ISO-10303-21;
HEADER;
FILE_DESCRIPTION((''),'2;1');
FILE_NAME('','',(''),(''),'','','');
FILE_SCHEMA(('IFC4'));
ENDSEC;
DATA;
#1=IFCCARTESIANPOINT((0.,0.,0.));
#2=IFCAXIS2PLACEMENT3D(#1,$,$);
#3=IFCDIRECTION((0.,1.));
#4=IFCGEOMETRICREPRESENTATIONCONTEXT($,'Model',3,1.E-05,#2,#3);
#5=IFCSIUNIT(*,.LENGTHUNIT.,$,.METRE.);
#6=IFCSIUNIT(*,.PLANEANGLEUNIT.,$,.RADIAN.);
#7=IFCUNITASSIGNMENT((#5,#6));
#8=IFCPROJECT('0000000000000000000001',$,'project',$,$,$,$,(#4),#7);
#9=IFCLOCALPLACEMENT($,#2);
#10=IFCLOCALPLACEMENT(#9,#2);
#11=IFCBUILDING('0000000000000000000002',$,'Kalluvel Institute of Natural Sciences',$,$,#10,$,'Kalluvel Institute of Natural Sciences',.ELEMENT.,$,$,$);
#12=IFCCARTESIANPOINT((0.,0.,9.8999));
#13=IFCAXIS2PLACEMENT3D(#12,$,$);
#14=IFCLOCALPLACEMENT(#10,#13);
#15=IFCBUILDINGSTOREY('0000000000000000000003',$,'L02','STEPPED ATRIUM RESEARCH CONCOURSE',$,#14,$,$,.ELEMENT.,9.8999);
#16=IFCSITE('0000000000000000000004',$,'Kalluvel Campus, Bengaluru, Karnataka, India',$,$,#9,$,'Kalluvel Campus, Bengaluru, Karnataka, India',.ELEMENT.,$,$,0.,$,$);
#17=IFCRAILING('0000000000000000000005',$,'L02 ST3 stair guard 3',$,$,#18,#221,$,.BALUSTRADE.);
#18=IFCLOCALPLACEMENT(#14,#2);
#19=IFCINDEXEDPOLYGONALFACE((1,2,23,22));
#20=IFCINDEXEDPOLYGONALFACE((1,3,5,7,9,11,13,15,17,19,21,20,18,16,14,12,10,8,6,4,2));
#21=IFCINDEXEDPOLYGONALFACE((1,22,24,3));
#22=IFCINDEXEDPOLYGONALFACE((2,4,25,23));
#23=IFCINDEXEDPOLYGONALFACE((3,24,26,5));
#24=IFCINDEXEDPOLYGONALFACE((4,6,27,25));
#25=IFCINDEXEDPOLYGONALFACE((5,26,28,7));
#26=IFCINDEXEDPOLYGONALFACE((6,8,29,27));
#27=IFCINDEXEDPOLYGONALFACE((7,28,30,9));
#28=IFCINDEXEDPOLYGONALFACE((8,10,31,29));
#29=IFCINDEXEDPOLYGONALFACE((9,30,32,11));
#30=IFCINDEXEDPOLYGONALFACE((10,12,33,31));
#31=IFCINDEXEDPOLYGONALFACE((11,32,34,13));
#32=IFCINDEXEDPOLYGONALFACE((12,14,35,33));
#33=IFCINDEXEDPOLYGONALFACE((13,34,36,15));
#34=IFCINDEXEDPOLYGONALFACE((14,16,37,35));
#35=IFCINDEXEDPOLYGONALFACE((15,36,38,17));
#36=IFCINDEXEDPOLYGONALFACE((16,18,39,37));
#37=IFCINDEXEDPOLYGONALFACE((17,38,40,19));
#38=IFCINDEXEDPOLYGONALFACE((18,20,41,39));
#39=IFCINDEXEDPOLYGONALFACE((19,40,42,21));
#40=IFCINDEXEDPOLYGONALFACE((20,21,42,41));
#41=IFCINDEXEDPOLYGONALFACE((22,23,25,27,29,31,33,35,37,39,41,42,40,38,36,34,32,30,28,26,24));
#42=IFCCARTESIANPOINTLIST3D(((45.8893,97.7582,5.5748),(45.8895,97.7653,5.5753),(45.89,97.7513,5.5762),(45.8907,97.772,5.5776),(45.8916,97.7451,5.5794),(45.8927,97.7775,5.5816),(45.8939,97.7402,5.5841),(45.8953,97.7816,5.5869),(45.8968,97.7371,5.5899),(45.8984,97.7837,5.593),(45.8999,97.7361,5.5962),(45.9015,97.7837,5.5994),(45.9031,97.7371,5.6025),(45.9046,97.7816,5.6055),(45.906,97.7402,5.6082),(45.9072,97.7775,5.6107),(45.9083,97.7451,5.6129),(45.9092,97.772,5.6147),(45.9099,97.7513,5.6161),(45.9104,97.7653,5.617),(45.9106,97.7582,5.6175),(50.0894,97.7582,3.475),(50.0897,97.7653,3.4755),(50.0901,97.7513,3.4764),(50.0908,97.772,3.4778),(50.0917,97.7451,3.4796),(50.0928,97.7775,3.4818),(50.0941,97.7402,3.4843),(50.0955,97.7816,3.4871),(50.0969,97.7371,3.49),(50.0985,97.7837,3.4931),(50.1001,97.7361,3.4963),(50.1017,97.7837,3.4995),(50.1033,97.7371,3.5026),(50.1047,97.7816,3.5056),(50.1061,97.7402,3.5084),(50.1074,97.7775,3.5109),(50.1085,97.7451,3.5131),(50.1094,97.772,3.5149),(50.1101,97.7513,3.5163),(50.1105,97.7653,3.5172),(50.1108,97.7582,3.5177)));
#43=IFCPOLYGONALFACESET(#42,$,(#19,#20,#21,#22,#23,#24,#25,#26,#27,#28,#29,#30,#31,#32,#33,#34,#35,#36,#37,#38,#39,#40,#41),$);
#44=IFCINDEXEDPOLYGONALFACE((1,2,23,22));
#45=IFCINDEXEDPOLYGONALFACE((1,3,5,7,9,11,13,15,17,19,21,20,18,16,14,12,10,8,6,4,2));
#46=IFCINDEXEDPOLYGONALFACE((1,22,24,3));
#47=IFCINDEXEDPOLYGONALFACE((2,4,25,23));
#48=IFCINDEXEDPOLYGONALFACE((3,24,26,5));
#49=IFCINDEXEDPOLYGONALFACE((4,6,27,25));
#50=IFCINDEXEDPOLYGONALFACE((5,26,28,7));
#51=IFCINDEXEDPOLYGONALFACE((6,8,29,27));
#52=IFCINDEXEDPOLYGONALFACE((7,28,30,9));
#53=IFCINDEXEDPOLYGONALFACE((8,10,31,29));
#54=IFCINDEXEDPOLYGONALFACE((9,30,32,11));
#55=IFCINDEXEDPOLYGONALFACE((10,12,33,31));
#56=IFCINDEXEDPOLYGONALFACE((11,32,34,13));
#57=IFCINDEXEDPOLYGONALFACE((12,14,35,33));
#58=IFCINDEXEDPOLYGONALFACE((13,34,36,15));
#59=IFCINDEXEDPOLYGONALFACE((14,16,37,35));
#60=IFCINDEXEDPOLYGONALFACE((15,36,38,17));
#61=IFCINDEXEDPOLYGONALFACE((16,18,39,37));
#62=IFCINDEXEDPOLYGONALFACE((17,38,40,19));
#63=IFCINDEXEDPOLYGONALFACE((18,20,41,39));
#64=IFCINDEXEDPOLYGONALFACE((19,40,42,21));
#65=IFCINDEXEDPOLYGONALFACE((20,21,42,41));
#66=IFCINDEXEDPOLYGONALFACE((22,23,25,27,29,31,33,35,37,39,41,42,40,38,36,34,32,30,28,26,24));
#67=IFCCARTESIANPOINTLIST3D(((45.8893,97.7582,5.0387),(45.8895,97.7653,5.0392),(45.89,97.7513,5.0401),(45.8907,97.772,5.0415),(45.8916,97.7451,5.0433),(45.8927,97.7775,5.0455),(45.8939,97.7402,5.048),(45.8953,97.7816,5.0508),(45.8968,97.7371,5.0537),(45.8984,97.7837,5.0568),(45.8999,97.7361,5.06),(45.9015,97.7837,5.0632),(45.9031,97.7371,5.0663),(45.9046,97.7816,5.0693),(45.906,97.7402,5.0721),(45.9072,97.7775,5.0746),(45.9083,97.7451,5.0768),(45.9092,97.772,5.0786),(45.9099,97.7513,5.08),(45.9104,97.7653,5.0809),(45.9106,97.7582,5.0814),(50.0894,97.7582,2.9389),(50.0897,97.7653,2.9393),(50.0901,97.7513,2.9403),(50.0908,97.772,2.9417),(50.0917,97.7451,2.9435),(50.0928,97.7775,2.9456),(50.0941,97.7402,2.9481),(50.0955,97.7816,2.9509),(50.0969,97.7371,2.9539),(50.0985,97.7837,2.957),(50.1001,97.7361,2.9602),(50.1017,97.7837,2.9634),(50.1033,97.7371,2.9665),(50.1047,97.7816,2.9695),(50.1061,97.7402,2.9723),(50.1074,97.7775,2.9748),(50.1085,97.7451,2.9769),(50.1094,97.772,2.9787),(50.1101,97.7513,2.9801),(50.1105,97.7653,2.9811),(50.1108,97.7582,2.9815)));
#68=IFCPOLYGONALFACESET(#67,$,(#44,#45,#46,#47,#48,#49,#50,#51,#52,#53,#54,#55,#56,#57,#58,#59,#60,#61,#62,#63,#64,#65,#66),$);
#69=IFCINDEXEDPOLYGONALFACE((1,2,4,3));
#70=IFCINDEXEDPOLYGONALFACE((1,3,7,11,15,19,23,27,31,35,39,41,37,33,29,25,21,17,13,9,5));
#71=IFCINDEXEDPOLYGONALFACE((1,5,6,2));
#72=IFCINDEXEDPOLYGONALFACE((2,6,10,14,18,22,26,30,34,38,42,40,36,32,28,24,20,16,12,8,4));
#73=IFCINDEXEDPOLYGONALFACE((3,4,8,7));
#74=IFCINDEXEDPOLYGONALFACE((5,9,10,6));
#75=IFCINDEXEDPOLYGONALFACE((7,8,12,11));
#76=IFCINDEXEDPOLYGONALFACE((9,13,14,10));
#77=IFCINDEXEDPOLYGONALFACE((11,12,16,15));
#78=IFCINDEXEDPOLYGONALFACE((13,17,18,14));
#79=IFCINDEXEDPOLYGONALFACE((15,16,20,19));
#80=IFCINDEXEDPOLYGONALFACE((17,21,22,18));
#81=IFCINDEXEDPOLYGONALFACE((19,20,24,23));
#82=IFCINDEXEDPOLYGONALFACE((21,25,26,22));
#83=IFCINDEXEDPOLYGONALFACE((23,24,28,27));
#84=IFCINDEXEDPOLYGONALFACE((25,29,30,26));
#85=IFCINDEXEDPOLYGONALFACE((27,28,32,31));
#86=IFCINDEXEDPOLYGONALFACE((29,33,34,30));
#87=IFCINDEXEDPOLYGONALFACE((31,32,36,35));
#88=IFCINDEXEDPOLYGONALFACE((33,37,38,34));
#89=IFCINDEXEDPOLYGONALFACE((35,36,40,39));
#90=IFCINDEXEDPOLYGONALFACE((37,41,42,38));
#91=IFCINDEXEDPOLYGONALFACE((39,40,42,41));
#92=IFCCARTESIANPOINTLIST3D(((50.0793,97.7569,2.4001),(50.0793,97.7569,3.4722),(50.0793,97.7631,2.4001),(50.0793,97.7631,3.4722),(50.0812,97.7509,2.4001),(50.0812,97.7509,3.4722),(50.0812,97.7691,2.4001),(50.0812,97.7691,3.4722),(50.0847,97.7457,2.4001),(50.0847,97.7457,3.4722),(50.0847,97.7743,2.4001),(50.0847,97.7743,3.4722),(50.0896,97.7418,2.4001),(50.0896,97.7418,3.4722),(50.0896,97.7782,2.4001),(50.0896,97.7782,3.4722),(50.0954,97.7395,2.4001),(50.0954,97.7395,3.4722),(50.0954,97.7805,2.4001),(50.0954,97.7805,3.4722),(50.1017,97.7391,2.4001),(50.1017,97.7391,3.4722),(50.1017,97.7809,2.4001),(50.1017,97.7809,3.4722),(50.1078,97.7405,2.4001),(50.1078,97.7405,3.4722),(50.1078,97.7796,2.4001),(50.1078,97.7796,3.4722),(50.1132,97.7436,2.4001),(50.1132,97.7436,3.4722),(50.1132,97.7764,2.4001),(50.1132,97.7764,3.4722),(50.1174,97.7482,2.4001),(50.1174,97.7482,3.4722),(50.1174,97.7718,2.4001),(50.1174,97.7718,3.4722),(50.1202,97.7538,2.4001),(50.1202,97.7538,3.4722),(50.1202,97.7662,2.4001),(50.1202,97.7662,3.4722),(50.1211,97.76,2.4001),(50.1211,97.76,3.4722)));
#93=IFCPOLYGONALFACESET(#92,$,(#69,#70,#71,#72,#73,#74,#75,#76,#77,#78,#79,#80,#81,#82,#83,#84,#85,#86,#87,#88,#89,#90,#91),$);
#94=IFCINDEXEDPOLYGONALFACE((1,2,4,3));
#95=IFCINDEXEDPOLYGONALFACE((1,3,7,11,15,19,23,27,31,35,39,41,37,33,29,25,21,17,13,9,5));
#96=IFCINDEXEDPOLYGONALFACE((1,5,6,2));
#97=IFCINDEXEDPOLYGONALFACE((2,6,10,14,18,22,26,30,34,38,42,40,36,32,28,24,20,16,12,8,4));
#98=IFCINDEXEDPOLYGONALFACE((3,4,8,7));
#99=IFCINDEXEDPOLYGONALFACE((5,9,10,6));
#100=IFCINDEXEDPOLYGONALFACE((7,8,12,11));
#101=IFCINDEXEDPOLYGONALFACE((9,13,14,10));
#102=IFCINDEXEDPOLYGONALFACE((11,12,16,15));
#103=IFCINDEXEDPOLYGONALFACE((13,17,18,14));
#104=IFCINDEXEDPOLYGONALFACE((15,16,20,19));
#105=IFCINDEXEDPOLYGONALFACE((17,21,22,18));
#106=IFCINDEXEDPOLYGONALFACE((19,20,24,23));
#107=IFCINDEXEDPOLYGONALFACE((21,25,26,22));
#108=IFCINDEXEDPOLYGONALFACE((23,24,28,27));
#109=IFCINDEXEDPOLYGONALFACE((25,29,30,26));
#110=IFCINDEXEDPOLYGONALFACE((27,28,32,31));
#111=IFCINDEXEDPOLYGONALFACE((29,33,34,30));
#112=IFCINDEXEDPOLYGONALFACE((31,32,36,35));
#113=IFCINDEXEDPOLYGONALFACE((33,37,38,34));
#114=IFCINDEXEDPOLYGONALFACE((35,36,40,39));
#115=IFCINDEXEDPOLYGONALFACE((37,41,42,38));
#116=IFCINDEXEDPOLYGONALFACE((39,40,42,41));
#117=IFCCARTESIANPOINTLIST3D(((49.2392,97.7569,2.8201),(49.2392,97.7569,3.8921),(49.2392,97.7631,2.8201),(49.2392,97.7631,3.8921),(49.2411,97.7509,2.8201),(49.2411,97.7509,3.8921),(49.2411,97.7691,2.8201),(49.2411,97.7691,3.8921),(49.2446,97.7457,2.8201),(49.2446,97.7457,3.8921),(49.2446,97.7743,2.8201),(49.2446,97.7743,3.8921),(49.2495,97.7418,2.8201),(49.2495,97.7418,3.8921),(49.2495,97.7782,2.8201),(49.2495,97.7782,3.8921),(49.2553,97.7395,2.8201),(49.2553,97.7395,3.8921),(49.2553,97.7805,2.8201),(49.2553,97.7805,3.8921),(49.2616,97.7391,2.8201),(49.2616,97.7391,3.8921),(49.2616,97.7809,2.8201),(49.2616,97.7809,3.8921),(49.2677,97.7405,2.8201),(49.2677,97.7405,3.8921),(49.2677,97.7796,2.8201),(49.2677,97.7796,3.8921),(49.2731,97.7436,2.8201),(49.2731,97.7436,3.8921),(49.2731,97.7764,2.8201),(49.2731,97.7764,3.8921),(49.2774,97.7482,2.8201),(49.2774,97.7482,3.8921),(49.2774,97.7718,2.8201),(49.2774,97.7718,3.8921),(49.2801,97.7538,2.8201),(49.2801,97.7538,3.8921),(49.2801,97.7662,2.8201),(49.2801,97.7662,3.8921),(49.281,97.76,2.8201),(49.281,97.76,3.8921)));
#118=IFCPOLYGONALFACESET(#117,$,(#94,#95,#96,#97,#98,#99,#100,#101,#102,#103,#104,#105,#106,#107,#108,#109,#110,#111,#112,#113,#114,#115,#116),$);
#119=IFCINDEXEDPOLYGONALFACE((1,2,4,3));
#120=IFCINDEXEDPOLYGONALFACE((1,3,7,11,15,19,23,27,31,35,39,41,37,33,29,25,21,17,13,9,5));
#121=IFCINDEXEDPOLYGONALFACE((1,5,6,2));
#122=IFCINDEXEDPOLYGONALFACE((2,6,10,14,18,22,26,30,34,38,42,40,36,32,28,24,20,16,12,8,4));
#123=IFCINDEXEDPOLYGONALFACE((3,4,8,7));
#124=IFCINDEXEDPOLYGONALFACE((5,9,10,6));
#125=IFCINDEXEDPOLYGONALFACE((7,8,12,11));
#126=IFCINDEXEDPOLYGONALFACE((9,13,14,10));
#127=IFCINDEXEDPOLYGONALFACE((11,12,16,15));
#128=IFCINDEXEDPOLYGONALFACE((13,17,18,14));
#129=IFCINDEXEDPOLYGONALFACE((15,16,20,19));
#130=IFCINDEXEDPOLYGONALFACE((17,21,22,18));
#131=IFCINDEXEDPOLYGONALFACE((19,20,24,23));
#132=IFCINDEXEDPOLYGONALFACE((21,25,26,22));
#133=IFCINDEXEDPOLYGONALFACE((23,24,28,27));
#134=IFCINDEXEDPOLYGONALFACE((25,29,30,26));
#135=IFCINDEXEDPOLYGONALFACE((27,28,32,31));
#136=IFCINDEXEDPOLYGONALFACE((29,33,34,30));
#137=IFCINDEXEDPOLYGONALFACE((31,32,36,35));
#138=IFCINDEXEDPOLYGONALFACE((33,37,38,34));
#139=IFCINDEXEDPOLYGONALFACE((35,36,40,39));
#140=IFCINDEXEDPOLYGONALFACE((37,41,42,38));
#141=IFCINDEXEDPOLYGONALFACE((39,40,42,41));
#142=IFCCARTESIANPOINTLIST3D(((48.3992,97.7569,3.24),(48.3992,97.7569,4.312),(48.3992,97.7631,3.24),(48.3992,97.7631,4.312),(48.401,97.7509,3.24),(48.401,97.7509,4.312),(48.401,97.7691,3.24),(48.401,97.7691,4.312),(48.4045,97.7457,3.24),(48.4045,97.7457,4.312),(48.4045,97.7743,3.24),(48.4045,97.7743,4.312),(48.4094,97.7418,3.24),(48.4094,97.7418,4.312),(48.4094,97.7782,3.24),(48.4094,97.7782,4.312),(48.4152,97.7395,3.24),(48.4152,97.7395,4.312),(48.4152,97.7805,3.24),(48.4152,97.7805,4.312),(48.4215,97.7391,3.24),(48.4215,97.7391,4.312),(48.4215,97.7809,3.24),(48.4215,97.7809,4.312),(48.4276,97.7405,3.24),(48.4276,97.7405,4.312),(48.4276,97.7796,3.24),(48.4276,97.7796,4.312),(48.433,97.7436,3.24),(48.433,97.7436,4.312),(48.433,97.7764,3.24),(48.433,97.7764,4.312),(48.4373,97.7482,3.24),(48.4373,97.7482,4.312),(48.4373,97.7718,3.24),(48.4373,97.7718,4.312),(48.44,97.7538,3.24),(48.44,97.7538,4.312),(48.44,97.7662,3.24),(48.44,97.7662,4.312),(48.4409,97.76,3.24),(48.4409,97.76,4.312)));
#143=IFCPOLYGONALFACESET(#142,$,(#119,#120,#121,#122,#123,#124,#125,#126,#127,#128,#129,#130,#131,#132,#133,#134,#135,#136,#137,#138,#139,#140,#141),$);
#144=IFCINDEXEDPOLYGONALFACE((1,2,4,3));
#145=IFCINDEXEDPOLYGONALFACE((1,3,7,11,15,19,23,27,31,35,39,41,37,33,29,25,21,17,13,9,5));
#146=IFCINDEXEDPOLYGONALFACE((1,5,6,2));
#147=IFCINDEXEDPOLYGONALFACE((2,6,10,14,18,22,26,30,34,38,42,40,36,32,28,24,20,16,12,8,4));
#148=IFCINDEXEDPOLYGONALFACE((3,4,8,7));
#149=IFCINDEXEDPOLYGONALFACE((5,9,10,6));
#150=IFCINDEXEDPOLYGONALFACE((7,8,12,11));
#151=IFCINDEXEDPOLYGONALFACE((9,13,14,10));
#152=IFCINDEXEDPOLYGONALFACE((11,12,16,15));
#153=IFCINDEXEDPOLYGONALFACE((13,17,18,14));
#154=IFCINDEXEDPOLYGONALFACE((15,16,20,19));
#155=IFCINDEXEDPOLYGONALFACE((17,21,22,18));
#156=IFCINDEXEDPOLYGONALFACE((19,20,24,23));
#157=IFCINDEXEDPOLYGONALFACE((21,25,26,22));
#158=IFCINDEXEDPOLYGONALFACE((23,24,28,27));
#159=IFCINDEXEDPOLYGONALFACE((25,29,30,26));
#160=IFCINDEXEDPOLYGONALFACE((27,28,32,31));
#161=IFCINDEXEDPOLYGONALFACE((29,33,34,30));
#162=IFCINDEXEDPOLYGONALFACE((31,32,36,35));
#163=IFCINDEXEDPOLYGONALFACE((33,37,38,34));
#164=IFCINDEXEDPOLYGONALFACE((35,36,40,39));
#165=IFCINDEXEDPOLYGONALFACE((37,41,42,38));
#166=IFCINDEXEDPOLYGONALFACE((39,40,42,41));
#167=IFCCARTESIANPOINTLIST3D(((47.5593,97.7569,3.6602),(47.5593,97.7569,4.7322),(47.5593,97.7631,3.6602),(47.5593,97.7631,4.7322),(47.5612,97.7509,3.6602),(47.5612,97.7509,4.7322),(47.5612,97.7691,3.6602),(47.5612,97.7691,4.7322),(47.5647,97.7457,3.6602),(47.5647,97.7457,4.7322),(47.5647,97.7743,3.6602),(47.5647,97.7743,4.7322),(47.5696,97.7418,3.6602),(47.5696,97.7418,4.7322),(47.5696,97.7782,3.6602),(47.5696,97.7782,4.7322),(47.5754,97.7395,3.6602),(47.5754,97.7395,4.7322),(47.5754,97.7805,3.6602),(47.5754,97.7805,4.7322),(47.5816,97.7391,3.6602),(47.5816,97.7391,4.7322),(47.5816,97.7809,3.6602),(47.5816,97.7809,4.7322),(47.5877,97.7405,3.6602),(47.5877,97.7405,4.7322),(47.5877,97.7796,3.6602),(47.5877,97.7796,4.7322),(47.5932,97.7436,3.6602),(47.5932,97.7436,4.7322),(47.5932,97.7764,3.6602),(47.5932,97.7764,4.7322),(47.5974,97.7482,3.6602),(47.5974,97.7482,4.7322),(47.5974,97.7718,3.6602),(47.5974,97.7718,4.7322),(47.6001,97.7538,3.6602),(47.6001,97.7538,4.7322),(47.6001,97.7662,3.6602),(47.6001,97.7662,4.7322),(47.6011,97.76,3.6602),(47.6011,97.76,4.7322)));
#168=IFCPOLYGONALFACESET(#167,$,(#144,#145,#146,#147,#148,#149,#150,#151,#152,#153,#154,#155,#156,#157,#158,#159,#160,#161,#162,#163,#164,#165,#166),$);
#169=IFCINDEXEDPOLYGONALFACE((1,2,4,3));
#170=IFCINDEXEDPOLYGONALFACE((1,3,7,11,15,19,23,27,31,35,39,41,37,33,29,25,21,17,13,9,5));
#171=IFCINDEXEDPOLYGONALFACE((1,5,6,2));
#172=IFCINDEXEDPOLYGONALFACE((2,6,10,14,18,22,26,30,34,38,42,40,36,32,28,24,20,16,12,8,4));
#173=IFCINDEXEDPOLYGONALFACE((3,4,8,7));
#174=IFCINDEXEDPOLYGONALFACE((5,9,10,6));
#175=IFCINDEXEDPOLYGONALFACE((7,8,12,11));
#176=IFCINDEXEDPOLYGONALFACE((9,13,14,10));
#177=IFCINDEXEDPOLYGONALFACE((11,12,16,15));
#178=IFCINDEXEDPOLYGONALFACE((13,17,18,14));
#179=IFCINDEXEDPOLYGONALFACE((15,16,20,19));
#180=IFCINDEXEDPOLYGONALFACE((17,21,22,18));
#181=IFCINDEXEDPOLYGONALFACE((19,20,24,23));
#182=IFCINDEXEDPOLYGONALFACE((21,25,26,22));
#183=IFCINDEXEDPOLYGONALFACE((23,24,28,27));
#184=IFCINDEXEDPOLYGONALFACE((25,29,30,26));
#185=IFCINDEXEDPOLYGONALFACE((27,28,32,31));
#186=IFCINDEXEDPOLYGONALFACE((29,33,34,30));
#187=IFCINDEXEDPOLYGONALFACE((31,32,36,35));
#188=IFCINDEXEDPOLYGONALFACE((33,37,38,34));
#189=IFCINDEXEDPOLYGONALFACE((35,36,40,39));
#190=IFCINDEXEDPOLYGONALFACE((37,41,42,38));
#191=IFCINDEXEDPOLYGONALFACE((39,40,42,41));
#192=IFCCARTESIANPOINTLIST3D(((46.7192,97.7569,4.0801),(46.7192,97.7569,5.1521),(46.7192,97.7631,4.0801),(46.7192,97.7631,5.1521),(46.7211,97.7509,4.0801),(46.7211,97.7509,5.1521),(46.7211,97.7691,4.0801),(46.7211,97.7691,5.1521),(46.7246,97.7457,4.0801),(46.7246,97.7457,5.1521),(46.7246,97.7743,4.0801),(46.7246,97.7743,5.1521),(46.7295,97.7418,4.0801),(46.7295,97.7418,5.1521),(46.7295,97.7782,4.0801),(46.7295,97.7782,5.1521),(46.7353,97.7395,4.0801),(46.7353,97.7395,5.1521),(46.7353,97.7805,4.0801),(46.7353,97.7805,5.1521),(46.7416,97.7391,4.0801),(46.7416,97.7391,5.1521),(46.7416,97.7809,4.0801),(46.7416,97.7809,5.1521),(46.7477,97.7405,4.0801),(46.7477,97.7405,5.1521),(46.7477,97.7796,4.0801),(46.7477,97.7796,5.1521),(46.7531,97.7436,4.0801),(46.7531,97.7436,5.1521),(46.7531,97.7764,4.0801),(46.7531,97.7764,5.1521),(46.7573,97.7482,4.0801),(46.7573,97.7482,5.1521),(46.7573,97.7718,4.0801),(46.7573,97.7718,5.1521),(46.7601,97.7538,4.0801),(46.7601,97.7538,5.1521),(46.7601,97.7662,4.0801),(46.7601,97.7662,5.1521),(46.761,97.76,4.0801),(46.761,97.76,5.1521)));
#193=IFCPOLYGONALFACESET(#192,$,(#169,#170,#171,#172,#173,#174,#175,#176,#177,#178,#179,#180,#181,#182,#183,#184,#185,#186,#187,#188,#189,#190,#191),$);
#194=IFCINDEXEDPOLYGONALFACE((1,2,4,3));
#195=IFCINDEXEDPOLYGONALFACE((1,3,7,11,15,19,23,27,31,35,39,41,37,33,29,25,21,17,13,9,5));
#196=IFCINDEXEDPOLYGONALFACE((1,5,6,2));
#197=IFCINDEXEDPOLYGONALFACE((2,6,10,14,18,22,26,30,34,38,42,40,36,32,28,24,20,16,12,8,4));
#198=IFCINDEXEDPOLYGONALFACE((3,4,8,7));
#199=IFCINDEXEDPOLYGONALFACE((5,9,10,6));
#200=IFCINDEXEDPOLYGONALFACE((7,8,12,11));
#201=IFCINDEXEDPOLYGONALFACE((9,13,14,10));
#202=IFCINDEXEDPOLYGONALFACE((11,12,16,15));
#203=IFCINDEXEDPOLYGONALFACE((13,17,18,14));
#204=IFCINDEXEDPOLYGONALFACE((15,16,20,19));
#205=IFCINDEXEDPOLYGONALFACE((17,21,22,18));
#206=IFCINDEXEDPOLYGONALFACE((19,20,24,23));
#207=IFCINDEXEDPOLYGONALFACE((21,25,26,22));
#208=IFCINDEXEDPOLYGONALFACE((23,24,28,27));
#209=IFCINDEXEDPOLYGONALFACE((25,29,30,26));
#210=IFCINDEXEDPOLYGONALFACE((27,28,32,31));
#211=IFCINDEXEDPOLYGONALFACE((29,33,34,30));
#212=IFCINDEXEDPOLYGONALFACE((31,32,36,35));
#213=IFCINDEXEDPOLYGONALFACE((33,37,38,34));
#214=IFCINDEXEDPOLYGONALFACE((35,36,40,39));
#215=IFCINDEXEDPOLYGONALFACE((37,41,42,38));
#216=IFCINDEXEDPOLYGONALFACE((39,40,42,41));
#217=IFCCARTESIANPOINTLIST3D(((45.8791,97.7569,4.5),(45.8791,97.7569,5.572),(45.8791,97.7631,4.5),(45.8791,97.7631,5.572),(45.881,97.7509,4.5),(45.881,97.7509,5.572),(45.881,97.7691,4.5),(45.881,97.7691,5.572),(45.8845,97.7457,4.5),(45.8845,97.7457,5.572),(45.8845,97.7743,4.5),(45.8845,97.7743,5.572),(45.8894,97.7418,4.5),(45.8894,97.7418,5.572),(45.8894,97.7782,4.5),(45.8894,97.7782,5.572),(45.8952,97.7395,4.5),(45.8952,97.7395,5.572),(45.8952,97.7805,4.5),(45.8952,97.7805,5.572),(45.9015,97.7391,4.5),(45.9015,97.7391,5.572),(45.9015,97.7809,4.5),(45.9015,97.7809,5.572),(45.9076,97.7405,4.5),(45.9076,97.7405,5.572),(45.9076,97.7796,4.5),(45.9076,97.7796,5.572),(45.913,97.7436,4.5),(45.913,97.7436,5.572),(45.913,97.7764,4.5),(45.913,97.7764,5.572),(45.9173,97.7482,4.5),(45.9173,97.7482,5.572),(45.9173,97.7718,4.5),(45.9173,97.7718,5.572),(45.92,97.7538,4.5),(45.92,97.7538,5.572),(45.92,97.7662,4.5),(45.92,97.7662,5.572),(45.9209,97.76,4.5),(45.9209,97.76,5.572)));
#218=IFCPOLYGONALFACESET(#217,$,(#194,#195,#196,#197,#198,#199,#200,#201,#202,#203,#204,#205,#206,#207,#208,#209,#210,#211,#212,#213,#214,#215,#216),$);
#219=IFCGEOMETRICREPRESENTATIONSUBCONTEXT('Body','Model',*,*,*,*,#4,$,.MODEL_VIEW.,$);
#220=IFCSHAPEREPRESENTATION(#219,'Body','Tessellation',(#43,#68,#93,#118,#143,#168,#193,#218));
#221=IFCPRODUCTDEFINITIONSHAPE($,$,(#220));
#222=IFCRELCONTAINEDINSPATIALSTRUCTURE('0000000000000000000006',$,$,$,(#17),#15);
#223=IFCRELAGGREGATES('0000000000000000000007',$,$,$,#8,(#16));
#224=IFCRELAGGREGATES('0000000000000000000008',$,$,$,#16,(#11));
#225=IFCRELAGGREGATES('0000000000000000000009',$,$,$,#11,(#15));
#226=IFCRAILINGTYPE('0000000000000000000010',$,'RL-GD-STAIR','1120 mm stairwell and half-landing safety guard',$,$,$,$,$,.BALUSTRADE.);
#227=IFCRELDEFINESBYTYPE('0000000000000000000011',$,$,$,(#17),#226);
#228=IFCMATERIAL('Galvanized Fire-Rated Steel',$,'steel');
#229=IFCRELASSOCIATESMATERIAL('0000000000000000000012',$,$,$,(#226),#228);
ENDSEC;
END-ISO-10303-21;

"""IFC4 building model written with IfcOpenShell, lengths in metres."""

from ifc_helpers import new_model, si_unit, direction, frame, origin, origin_2d, place, context, subcontext, project, spatial, circle, extrude, material, type_object, element, save


model = new_model("IFC4")

# Units and contexts
model_context = context("Model", 3, precision=1e-05, world=origin(), true_north=direction((0.0, 1.0)))
body_context = subcontext(model_context, "Body", "Model", "MODEL_VIEW")
ifc_project = project(units=[si_unit("LENGTHUNIT", "METRE"), si_unit("PLANEANGLEUNIT", "RADIAN")], contexts=[model_context])

# Site, building, storey
site_placement = place(None, origin())
site = spatial("IfcSite", under=ifc_project, at=site_placement, Name="Kalluvel Campus, Bengaluru, Karnataka, India", LongName="Kalluvel Campus, Bengaluru, Karnataka, India", CompositionType="ELEMENT", RefElevation=0.0)
building_placement = place(site_placement, origin())
building = spatial("IfcBuilding", under=site, at=building_placement, Name="Kalluvel Institute of Natural Sciences", LongName="Kalluvel Institute of Natural Sciences", CompositionType="ELEMENT")
storey_placement = place(building_placement, frame((0.0, 0.0, 9.8999)))
storey = spatial("IfcBuildingStorey", under=building, at=storey_placement, Name="L02", Description="STEPPED ATRIUM RESEARCH CONCOURSE", CompositionType="ELEMENT", Elevation=9.8999)

# Shared definitions
ifc_material_1 = material(Name="Galvanized Fire-Rated Steel", Category="steel")

# Railing
railing_type_1 = type_object("IfcRailingType", Name="RL-GD-STAIR", Description="1120 mm stairwell and half-landing safety guard", PredefinedType="BALUSTRADE", material=ifc_material_1)
railing_1_placement = place(storey_placement, frame((50.1001, 97.76, 2.4001)))
element("IfcRailing", 1, at=railing_1_placement, inside=storey, type_object=railing_type_1, Name="L02 ST3 stair guard 3", PredefinedType="BALUSTRADE", context=body_context, shape_type="SweptSolid", body=[
    extrude(circle(Radius=0.0239, at=origin_2d()), frame((0.0, 0.0, 1.0962), z_axis=(-0.894448, 0.0, 0.447172), x_axis=(0.0, -1.0, 0.0)), (0.0, 0.0, 1.0), 4.6958),
    extrude(circle(Radius=0.0239, at=origin_2d()), frame((0.0, 0.0, 0.5601), z_axis=(-0.894448, 0.0, 0.447172), x_axis=(0.0, -1.0, 0.0)), (0.0, 0.0, 1.0), 4.6958),
    extrude(circle(Radius=0.021, at=origin_2d()), origin(), (0.0, 0.0, 1.0), 1.072),
    extrude(circle(Radius=0.021, at=origin_2d()), frame((-0.8401, 0.0, 0.4199)), (0.0, 0.0, 1.0), 1.072),
    extrude(circle(Radius=0.021, at=origin_2d()), frame((-1.6802, 0.0, 0.8398)), (0.0, 0.0, 1.0), 1.072),
    extrude(circle(Radius=0.021, at=origin_2d()), frame((-2.52, 0.0, 1.26)), (0.0, 0.0, 1.0), 1.072),
    extrude(circle(Radius=0.021, at=origin_2d()), frame((-3.3601, 0.0, 1.6799)), (0.0, 0.0, 1.0), 1.072),
    extrude(circle(Radius=0.021, at=origin_2d()), frame((-4.2002, 0.0, 2.0999)), (0.0, 0.0, 1.0), 1.072),
])

save(model, "model.ifc")
